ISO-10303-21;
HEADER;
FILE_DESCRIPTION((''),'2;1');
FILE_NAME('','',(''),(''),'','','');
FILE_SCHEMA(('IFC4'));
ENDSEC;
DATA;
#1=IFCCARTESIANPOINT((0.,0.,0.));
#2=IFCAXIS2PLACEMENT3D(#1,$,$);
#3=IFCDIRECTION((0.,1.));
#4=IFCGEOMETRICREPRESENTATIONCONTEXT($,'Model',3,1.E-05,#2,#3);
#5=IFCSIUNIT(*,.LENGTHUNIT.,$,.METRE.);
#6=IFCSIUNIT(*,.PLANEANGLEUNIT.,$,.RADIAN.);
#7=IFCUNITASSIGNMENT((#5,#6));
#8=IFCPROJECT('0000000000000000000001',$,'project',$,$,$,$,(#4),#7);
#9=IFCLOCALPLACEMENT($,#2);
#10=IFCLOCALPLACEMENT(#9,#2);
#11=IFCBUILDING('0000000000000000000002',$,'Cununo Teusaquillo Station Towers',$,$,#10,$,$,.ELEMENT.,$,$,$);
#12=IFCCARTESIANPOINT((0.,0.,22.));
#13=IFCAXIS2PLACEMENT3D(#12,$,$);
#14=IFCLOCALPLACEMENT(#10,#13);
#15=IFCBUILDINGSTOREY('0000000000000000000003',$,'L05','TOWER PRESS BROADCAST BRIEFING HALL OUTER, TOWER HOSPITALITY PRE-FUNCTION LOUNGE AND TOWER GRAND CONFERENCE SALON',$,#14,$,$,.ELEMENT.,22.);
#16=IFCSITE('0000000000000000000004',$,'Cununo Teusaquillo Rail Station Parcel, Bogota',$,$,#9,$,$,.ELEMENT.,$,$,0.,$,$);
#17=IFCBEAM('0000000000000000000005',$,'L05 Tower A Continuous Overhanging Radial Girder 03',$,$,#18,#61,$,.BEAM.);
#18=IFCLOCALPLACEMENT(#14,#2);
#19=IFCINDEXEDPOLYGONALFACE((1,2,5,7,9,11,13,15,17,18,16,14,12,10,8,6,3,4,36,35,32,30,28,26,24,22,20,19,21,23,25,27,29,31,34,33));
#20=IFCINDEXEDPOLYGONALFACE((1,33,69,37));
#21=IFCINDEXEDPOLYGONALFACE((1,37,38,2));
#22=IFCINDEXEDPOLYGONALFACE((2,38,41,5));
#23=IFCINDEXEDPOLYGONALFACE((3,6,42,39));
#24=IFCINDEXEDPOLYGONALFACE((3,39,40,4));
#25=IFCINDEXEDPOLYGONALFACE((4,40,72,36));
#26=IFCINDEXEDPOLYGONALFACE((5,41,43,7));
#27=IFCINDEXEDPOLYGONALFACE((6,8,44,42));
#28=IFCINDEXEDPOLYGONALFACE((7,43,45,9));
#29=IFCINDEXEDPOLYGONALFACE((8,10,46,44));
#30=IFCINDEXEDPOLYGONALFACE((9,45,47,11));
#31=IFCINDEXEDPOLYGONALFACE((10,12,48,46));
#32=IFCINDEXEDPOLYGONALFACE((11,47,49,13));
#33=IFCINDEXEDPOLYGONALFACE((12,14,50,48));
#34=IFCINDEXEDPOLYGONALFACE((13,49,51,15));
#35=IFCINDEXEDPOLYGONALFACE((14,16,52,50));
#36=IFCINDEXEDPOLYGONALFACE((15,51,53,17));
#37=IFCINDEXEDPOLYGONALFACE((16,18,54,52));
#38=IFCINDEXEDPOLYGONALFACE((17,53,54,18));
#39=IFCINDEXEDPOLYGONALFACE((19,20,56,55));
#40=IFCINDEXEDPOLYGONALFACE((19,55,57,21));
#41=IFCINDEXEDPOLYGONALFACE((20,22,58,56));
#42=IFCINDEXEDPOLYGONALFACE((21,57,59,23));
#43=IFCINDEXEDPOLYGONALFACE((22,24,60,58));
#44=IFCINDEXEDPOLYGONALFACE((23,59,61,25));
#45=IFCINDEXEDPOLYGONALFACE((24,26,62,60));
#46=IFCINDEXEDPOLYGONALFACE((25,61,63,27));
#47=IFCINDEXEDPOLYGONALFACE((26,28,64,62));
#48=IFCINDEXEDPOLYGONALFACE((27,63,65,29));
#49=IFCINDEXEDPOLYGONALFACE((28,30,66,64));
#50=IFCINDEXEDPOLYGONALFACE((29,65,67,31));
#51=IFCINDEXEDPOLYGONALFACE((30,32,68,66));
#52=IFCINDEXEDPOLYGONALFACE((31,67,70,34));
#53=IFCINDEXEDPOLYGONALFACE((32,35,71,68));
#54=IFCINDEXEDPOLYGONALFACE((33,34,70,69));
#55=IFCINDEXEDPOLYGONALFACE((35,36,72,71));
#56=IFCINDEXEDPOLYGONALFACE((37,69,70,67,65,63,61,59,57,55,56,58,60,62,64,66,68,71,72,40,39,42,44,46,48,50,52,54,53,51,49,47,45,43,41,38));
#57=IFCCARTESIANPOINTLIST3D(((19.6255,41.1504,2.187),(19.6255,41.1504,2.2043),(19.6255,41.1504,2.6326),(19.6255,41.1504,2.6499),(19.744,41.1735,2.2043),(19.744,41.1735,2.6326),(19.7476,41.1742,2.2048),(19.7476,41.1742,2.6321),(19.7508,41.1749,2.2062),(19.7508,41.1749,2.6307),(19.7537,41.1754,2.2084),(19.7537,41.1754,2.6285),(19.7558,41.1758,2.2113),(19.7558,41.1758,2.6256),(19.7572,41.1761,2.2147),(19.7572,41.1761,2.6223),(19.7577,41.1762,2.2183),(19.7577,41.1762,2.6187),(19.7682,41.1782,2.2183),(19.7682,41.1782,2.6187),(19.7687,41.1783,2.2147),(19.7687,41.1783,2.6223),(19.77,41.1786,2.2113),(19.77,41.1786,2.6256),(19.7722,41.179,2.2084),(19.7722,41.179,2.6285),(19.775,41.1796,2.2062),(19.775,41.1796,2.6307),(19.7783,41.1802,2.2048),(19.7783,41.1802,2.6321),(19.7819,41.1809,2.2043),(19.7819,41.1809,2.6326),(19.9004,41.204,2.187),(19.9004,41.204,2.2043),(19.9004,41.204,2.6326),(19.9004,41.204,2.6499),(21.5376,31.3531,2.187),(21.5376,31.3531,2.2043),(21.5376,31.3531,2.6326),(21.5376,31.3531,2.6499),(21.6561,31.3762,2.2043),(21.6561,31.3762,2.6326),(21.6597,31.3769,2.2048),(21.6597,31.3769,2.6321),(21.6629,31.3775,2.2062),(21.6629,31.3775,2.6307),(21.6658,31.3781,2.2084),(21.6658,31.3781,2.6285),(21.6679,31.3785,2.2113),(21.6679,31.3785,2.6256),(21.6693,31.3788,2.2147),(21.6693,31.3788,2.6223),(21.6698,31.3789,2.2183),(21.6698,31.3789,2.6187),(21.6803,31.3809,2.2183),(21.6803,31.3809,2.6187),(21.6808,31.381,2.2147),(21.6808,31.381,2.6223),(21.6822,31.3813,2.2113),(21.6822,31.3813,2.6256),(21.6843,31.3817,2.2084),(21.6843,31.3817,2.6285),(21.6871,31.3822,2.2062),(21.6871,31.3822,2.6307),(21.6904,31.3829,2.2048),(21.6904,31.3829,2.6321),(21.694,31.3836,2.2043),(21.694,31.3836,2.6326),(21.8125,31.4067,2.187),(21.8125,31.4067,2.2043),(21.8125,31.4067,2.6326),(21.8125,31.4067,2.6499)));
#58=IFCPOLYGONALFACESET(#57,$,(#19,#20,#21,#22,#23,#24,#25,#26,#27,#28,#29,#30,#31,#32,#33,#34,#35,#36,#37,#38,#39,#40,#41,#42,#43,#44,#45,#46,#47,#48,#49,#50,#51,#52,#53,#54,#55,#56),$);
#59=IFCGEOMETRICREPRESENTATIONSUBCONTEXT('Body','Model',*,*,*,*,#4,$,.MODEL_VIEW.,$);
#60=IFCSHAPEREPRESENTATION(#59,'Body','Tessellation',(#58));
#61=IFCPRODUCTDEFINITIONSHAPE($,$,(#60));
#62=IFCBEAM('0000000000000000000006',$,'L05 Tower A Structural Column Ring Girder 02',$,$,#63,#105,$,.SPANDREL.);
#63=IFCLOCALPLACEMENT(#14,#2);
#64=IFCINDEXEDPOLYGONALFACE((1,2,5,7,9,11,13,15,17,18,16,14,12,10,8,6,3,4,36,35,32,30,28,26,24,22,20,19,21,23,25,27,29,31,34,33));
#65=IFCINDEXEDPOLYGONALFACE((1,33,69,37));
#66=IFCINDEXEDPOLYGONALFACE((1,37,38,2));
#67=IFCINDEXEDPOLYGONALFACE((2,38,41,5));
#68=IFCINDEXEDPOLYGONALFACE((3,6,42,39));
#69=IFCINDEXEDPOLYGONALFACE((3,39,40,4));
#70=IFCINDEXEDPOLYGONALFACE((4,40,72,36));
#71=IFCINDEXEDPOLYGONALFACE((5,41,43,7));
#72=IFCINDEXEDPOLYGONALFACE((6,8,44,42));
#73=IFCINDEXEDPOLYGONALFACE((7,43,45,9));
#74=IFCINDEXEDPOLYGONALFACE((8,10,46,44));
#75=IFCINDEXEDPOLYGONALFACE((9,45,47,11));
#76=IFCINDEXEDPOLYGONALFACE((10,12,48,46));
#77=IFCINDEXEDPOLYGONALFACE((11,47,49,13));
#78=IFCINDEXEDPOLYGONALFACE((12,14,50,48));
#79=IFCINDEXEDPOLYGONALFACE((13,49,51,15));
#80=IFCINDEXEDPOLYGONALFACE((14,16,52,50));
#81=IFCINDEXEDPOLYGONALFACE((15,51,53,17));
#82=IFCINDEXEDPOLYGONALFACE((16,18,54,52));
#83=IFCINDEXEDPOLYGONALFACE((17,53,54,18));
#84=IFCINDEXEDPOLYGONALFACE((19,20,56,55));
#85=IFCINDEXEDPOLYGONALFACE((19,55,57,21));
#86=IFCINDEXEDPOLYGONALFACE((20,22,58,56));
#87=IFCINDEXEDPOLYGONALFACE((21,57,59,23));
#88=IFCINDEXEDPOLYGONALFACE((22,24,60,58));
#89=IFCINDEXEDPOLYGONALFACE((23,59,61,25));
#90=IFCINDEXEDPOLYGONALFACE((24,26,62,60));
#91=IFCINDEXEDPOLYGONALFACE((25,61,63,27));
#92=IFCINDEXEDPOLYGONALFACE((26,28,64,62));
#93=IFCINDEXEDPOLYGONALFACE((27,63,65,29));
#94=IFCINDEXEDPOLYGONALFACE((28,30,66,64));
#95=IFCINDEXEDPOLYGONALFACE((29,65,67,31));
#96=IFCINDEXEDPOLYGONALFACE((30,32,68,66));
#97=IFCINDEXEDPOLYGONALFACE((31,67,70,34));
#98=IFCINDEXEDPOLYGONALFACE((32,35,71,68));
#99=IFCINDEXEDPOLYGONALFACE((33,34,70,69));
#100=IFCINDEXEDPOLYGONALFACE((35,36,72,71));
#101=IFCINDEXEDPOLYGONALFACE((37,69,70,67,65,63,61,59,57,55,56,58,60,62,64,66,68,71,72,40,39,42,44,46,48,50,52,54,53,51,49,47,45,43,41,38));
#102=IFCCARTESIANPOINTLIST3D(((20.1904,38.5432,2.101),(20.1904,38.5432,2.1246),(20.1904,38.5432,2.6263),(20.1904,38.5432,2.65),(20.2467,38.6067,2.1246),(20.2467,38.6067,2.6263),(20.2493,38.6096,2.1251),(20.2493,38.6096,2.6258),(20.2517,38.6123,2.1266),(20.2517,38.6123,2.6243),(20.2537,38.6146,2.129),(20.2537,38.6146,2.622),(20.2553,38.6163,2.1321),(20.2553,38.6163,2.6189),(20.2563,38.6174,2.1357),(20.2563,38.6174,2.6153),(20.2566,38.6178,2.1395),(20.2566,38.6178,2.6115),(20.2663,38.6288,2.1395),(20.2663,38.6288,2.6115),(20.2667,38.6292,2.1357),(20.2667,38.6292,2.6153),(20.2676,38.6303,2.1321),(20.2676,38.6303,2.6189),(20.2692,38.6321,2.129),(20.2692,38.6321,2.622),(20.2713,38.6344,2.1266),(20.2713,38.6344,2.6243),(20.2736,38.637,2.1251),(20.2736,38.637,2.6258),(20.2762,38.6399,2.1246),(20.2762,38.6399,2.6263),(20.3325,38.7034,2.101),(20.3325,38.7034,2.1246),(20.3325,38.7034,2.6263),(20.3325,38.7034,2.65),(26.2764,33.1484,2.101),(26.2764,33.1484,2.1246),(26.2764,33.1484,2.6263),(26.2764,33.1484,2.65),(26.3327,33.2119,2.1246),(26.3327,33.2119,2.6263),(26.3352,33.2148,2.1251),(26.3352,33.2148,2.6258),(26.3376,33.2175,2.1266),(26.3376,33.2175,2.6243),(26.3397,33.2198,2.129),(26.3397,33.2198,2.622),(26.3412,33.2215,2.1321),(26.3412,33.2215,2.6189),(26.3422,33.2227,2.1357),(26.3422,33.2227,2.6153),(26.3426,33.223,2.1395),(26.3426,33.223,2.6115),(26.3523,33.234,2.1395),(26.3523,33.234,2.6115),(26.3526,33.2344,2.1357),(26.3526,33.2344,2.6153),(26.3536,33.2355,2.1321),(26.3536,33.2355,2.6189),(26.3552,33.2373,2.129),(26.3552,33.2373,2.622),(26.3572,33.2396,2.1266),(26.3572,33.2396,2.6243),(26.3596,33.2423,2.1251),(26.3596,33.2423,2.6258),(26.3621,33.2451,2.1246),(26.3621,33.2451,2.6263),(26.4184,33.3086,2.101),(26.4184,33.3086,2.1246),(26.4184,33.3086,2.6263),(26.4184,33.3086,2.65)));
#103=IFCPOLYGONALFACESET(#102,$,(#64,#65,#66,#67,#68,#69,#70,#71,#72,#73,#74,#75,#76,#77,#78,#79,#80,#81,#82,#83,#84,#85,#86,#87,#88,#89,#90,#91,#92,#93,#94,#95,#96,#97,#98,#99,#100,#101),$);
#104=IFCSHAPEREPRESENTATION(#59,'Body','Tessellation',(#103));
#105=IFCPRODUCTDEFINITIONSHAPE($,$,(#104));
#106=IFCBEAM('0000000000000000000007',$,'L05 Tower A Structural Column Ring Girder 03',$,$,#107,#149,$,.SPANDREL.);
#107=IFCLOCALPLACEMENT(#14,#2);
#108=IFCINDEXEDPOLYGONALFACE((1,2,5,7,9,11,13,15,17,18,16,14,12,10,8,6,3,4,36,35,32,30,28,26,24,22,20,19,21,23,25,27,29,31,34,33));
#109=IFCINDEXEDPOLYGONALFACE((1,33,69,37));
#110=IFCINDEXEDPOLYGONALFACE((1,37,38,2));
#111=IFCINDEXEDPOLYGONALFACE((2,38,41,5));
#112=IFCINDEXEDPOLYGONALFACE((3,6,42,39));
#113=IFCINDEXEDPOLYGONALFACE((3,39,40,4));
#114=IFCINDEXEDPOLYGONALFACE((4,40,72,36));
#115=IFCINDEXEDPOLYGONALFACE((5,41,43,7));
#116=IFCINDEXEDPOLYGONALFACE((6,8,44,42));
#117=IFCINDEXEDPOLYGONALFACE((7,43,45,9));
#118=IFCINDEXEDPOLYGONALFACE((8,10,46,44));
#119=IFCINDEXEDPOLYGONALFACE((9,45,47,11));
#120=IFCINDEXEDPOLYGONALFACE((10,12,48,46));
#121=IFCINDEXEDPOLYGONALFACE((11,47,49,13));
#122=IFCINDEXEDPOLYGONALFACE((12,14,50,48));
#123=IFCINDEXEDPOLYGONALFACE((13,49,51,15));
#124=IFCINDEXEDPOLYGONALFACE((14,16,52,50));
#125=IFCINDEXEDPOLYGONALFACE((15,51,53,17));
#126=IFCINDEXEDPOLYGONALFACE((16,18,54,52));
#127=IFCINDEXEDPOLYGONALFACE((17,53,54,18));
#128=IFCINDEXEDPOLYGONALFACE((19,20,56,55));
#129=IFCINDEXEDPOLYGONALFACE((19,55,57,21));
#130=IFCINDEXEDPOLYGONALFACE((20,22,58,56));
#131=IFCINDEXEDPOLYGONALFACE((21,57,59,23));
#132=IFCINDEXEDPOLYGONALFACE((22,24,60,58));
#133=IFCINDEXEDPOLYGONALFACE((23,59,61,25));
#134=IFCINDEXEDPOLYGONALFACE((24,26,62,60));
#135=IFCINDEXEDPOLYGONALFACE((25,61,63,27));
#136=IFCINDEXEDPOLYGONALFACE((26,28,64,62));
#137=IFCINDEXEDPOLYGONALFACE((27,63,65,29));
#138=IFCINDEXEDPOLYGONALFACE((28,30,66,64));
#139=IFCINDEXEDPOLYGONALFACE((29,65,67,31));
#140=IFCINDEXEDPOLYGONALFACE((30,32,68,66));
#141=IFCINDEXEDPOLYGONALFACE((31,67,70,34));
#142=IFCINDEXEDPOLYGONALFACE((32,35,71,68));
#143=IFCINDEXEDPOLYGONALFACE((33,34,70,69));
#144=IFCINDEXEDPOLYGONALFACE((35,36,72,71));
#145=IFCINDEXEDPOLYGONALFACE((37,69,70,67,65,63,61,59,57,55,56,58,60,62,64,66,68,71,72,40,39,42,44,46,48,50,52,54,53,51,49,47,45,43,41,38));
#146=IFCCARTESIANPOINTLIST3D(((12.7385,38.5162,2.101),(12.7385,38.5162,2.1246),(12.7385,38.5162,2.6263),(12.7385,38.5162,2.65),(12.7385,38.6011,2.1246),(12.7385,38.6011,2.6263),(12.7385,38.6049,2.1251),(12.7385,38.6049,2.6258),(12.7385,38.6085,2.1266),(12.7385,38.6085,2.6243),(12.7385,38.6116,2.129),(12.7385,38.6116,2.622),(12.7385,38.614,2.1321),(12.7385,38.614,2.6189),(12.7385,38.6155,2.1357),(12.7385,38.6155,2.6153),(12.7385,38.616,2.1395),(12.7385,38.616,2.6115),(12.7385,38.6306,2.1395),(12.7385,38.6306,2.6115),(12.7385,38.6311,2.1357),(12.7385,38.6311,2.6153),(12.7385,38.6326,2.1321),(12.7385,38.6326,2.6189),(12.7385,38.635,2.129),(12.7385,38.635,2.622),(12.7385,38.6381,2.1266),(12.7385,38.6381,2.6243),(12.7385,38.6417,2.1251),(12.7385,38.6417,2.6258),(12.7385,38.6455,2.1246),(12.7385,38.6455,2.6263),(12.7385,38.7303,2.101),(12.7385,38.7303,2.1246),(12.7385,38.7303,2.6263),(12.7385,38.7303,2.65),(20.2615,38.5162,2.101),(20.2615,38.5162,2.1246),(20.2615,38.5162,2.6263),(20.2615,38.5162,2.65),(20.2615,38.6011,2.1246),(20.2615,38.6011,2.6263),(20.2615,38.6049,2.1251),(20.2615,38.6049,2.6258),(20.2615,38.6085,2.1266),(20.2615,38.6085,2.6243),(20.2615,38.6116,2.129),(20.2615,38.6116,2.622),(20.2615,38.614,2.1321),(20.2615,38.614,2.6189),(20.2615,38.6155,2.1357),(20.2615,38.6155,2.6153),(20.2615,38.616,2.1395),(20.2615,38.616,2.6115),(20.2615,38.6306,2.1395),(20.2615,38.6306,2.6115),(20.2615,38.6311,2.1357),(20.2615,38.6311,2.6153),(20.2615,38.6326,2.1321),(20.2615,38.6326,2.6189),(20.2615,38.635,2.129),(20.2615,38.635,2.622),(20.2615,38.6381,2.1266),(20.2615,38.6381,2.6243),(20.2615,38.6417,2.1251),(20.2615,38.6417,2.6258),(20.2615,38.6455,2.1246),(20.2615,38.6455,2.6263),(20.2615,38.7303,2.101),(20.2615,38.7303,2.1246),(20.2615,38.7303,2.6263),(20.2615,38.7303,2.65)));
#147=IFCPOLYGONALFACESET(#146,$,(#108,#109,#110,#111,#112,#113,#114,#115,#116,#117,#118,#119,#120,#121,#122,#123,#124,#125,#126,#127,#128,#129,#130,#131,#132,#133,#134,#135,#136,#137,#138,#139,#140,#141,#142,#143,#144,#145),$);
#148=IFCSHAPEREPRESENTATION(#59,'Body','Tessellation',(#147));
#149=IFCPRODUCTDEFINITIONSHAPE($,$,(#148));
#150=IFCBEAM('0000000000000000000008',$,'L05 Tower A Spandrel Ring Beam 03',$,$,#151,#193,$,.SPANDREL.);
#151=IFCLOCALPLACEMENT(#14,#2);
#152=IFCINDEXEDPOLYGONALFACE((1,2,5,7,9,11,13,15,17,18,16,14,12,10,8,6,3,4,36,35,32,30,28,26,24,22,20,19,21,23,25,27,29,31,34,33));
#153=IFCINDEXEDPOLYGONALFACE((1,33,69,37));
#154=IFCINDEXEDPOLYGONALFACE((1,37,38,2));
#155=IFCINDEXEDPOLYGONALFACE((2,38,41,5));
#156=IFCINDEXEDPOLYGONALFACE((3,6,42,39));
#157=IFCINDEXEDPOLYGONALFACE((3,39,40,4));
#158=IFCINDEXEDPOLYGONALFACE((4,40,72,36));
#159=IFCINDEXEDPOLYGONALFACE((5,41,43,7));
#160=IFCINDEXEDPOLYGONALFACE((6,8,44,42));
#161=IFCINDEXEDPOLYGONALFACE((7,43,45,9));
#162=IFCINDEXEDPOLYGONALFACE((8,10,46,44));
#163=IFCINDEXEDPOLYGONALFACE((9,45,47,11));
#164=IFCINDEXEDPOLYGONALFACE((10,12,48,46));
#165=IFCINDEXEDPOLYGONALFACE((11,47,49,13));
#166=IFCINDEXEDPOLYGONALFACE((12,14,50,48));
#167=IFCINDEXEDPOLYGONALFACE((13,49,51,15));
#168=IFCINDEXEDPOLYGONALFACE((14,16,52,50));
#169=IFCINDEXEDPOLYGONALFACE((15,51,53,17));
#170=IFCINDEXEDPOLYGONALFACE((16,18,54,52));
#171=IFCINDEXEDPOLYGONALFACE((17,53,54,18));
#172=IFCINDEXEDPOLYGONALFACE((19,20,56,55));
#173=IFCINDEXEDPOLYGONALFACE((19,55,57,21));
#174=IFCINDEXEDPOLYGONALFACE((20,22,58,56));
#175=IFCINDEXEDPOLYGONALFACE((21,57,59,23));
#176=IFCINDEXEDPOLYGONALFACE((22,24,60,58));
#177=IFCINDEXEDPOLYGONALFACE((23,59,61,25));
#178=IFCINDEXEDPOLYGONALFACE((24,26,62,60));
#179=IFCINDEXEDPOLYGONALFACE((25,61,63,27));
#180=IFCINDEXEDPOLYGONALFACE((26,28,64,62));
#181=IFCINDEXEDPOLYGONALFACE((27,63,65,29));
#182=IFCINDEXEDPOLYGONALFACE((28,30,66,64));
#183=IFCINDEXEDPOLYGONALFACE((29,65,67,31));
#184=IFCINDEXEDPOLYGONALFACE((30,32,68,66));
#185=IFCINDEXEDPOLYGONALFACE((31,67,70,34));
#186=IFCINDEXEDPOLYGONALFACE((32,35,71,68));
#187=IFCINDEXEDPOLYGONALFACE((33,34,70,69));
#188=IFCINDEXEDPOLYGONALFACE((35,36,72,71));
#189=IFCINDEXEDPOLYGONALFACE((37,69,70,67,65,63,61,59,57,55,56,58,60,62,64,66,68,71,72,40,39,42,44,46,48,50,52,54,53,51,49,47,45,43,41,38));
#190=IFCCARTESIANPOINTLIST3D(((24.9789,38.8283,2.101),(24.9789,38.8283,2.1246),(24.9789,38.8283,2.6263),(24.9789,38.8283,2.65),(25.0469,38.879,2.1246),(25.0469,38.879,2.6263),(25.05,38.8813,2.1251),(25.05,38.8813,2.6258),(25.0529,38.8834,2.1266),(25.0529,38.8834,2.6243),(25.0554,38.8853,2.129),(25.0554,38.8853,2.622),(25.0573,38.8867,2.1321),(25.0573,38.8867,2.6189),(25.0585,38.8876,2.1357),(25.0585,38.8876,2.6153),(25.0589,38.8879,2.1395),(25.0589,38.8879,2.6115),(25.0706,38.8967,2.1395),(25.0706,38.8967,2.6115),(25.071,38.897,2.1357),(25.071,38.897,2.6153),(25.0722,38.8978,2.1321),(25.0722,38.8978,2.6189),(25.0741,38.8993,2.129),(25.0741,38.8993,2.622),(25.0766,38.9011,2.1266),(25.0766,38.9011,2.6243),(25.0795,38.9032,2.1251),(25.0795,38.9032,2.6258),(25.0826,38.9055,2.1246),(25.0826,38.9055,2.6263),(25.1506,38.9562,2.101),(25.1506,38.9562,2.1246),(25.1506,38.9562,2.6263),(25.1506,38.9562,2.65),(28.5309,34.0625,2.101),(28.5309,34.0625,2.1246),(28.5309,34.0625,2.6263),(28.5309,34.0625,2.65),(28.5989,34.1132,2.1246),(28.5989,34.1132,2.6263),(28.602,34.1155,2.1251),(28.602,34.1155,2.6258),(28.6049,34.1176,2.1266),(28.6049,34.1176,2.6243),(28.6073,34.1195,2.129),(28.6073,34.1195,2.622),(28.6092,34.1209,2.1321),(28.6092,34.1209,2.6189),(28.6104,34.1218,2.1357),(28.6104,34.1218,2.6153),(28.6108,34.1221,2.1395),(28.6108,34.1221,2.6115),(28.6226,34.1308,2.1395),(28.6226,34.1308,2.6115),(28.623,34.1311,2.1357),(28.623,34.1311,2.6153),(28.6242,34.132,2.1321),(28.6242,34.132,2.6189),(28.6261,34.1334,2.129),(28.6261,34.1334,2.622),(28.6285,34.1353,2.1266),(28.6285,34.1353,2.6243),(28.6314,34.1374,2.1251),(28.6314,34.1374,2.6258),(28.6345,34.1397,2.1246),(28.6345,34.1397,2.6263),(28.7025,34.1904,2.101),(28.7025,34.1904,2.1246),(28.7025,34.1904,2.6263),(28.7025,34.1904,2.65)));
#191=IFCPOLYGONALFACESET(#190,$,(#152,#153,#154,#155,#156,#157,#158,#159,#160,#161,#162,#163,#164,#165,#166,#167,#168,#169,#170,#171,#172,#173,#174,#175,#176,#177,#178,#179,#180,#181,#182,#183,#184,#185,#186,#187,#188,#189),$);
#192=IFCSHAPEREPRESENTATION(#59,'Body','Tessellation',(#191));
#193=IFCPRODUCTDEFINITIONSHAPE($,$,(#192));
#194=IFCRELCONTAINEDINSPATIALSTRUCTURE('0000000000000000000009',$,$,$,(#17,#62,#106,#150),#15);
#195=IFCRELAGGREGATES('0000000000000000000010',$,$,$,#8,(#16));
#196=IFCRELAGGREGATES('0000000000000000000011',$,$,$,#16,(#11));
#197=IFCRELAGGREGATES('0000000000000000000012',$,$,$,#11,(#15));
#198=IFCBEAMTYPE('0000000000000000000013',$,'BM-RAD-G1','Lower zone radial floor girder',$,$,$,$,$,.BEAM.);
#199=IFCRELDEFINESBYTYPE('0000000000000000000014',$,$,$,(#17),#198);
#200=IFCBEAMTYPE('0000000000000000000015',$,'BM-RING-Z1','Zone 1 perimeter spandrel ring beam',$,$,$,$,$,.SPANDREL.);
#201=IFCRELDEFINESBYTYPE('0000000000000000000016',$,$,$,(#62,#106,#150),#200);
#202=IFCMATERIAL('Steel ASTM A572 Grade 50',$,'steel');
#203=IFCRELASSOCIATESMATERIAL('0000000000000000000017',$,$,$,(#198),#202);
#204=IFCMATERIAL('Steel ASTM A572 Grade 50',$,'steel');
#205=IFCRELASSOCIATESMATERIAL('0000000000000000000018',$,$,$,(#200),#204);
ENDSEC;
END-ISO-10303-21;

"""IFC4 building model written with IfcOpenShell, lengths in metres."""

from ifc_helpers import new_model, si_unit, direction, frame, origin, origin_2d, place, context, subcontext, project, spatial, i_section, extrude, material, material_profile, profile_set, type_object, element, save


model = new_model("IFC4")

# Units and contexts
model_context = context("Model", 3, precision=1e-05, world=origin(), true_north=direction((0.0, 1.0)))
body_context = subcontext(model_context, "Body", "Model", "MODEL_VIEW")
ifc_project = project(units=[si_unit("LENGTHUNIT", "METRE"), si_unit("PLANEANGLEUNIT", "RADIAN")], contexts=[model_context])

# Site, building, storey
site_placement = place(None, origin())
site = spatial("IfcSite", under=ifc_project, at=site_placement, Name="Cununo Teusaquillo Rail Station Parcel, Bogota", CompositionType="ELEMENT", RefElevation=0.0)
building_placement = place(site_placement, origin())
building = spatial("IfcBuilding", under=site, at=building_placement, Name="Cununo Teusaquillo Station Towers", CompositionType="ELEMENT")
storey_placement = place(building_placement, frame((0.0, 0.0, 22.0)))
storey = spatial("IfcBuildingStorey", under=building, at=storey_placement, Name="L05", Description="TOWER PRESS BROADCAST BRIEFING HALL OUTER, TOWER HOSPITALITY PRE-FUNCTION LOUNGE AND TOWER GRAND CONFERENCE SALON", CompositionType="ELEMENT", Elevation=22.0)

# Beams
ifc_material_1 = material(Name="Steel ASTM A572 Grade 50", Category="steel")
ifc_material_profile_1 = material_profile(ifc_material_1, i_section(OverallWidth=0.28, OverallDepth=0.4629, WebThickness=0.0107, FlangeThickness=0.0173, FilletRadius=0.0139, at=origin_2d()), Name="W18X76")
ifc_profile_set_1 = profile_set([ifc_material_profile_1], Name="Steel ASTM A572 Grade 50")
beam_type_1 = type_object("IfcBeamType", Name="BM-RAD-G1", Description="Lower zone radial floor girder", PredefinedType="BEAM", material=ifc_profile_set_1)
beam_1_placement = place(storey_placement, frame((21.675, 31.3799, 2.4185), z_axis=(-0.191552, 0.981483, 0.0), x_axis=(-0.981483, -0.191552, 0.0)))
element("IfcBeam", 1, at=beam_1_placement, inside=storey, type_object=beam_type_1, Name="L05 Tower A Continuous Overhanging Radial Girder 03", PredefinedType="BEAM", context=body_context, shape_type="SweptSolid", body=[
    extrude(i_section(OverallWidth=0.28, OverallDepth=0.4629, WebThickness=0.0107, FlangeThickness=0.0173, FilletRadius=0.0139, at=origin_2d()), origin(), (0.0, 0.0, 1.0), 9.9822),
])
ifc_material_2 = material(Name="Steel ASTM A572 Grade 50", Category="steel")
ifc_material_profile_2 = material_profile(ifc_material_2, i_section(OverallWidth=0.2141, OverallDepth=0.5491, WebThickness=0.0146, FlangeThickness=0.0237, FilletRadius=0.0149, at=origin_2d()), Name="W21X93")
ifc_profile_set_2 = profile_set([ifc_material_profile_2], Name="Steel ASTM A572 Grade 50")
beam_type_2 = type_object("IfcBeamType", Name="BM-RING-Z1", Description="Zone 1 perimeter spandrel ring beam", PredefinedType="SPANDREL", material=ifc_profile_set_2)
beam_2_placement = place(storey_placement, frame((26.3474, 33.2285, 2.3755), z_axis=(-0.748321, 0.663337, 0.0), x_axis=(-0.663337, -0.748321, 0.0)))
element("IfcBeam", 2, at=beam_2_placement, inside=storey, type_object=beam_type_2, Name="L05 Tower A Structural Column Ring Girder 02", PredefinedType="SPANDREL", context=body_context, shape_type="SweptSolid", body=[
    extrude(i_section(OverallWidth=0.2141, OverallDepth=0.5491, WebThickness=0.0146, FlangeThickness=0.0237, FilletRadius=0.0149, at=origin_2d()), origin(), (0.0, 0.0, 1.0), 8.1328),
])
beam_3_placement = place(storey_placement, frame((20.2615, 38.6233, 2.3755), z_axis=(-1.0, 0.0, 0.0), x_axis=(0.0, -1.0, 0.0)))
element("IfcBeam", 3, at=beam_3_placement, inside=storey, type_object=beam_type_2, Name="L05 Tower A Structural Column Ring Girder 03", PredefinedType="SPANDREL", context=body_context, shape_type="SweptSolid", body=[
    extrude(i_section(OverallWidth=0.2141, OverallDepth=0.5491, WebThickness=0.0146, FlangeThickness=0.0237, FilletRadius=0.0149, at=origin_2d()), origin(), (0.0, 0.0, 1.0), 7.5229),
])
beam_4_placement = place(storey_placement, frame((28.6167, 34.1265, 2.3755), z_axis=(-0.597585, 0.801805, 0.0), x_axis=(-0.801805, -0.597585, 0.0)))
element("IfcBeam", 4, at=beam_4_placement, inside=storey, type_object=beam_type_2, Name="L05 Tower A Spandrel Ring Beam 03", PredefinedType="SPANDREL", context=body_context, shape_type="SweptSolid", body=[
    extrude(i_section(OverallWidth=0.2141, OverallDepth=0.5491, WebThickness=0.0146, FlangeThickness=0.0237, FilletRadius=0.0149, at=origin_2d()), origin(), (0.0, 0.0, 1.0), 5.9438),
])

save(model, "model.ifc")
